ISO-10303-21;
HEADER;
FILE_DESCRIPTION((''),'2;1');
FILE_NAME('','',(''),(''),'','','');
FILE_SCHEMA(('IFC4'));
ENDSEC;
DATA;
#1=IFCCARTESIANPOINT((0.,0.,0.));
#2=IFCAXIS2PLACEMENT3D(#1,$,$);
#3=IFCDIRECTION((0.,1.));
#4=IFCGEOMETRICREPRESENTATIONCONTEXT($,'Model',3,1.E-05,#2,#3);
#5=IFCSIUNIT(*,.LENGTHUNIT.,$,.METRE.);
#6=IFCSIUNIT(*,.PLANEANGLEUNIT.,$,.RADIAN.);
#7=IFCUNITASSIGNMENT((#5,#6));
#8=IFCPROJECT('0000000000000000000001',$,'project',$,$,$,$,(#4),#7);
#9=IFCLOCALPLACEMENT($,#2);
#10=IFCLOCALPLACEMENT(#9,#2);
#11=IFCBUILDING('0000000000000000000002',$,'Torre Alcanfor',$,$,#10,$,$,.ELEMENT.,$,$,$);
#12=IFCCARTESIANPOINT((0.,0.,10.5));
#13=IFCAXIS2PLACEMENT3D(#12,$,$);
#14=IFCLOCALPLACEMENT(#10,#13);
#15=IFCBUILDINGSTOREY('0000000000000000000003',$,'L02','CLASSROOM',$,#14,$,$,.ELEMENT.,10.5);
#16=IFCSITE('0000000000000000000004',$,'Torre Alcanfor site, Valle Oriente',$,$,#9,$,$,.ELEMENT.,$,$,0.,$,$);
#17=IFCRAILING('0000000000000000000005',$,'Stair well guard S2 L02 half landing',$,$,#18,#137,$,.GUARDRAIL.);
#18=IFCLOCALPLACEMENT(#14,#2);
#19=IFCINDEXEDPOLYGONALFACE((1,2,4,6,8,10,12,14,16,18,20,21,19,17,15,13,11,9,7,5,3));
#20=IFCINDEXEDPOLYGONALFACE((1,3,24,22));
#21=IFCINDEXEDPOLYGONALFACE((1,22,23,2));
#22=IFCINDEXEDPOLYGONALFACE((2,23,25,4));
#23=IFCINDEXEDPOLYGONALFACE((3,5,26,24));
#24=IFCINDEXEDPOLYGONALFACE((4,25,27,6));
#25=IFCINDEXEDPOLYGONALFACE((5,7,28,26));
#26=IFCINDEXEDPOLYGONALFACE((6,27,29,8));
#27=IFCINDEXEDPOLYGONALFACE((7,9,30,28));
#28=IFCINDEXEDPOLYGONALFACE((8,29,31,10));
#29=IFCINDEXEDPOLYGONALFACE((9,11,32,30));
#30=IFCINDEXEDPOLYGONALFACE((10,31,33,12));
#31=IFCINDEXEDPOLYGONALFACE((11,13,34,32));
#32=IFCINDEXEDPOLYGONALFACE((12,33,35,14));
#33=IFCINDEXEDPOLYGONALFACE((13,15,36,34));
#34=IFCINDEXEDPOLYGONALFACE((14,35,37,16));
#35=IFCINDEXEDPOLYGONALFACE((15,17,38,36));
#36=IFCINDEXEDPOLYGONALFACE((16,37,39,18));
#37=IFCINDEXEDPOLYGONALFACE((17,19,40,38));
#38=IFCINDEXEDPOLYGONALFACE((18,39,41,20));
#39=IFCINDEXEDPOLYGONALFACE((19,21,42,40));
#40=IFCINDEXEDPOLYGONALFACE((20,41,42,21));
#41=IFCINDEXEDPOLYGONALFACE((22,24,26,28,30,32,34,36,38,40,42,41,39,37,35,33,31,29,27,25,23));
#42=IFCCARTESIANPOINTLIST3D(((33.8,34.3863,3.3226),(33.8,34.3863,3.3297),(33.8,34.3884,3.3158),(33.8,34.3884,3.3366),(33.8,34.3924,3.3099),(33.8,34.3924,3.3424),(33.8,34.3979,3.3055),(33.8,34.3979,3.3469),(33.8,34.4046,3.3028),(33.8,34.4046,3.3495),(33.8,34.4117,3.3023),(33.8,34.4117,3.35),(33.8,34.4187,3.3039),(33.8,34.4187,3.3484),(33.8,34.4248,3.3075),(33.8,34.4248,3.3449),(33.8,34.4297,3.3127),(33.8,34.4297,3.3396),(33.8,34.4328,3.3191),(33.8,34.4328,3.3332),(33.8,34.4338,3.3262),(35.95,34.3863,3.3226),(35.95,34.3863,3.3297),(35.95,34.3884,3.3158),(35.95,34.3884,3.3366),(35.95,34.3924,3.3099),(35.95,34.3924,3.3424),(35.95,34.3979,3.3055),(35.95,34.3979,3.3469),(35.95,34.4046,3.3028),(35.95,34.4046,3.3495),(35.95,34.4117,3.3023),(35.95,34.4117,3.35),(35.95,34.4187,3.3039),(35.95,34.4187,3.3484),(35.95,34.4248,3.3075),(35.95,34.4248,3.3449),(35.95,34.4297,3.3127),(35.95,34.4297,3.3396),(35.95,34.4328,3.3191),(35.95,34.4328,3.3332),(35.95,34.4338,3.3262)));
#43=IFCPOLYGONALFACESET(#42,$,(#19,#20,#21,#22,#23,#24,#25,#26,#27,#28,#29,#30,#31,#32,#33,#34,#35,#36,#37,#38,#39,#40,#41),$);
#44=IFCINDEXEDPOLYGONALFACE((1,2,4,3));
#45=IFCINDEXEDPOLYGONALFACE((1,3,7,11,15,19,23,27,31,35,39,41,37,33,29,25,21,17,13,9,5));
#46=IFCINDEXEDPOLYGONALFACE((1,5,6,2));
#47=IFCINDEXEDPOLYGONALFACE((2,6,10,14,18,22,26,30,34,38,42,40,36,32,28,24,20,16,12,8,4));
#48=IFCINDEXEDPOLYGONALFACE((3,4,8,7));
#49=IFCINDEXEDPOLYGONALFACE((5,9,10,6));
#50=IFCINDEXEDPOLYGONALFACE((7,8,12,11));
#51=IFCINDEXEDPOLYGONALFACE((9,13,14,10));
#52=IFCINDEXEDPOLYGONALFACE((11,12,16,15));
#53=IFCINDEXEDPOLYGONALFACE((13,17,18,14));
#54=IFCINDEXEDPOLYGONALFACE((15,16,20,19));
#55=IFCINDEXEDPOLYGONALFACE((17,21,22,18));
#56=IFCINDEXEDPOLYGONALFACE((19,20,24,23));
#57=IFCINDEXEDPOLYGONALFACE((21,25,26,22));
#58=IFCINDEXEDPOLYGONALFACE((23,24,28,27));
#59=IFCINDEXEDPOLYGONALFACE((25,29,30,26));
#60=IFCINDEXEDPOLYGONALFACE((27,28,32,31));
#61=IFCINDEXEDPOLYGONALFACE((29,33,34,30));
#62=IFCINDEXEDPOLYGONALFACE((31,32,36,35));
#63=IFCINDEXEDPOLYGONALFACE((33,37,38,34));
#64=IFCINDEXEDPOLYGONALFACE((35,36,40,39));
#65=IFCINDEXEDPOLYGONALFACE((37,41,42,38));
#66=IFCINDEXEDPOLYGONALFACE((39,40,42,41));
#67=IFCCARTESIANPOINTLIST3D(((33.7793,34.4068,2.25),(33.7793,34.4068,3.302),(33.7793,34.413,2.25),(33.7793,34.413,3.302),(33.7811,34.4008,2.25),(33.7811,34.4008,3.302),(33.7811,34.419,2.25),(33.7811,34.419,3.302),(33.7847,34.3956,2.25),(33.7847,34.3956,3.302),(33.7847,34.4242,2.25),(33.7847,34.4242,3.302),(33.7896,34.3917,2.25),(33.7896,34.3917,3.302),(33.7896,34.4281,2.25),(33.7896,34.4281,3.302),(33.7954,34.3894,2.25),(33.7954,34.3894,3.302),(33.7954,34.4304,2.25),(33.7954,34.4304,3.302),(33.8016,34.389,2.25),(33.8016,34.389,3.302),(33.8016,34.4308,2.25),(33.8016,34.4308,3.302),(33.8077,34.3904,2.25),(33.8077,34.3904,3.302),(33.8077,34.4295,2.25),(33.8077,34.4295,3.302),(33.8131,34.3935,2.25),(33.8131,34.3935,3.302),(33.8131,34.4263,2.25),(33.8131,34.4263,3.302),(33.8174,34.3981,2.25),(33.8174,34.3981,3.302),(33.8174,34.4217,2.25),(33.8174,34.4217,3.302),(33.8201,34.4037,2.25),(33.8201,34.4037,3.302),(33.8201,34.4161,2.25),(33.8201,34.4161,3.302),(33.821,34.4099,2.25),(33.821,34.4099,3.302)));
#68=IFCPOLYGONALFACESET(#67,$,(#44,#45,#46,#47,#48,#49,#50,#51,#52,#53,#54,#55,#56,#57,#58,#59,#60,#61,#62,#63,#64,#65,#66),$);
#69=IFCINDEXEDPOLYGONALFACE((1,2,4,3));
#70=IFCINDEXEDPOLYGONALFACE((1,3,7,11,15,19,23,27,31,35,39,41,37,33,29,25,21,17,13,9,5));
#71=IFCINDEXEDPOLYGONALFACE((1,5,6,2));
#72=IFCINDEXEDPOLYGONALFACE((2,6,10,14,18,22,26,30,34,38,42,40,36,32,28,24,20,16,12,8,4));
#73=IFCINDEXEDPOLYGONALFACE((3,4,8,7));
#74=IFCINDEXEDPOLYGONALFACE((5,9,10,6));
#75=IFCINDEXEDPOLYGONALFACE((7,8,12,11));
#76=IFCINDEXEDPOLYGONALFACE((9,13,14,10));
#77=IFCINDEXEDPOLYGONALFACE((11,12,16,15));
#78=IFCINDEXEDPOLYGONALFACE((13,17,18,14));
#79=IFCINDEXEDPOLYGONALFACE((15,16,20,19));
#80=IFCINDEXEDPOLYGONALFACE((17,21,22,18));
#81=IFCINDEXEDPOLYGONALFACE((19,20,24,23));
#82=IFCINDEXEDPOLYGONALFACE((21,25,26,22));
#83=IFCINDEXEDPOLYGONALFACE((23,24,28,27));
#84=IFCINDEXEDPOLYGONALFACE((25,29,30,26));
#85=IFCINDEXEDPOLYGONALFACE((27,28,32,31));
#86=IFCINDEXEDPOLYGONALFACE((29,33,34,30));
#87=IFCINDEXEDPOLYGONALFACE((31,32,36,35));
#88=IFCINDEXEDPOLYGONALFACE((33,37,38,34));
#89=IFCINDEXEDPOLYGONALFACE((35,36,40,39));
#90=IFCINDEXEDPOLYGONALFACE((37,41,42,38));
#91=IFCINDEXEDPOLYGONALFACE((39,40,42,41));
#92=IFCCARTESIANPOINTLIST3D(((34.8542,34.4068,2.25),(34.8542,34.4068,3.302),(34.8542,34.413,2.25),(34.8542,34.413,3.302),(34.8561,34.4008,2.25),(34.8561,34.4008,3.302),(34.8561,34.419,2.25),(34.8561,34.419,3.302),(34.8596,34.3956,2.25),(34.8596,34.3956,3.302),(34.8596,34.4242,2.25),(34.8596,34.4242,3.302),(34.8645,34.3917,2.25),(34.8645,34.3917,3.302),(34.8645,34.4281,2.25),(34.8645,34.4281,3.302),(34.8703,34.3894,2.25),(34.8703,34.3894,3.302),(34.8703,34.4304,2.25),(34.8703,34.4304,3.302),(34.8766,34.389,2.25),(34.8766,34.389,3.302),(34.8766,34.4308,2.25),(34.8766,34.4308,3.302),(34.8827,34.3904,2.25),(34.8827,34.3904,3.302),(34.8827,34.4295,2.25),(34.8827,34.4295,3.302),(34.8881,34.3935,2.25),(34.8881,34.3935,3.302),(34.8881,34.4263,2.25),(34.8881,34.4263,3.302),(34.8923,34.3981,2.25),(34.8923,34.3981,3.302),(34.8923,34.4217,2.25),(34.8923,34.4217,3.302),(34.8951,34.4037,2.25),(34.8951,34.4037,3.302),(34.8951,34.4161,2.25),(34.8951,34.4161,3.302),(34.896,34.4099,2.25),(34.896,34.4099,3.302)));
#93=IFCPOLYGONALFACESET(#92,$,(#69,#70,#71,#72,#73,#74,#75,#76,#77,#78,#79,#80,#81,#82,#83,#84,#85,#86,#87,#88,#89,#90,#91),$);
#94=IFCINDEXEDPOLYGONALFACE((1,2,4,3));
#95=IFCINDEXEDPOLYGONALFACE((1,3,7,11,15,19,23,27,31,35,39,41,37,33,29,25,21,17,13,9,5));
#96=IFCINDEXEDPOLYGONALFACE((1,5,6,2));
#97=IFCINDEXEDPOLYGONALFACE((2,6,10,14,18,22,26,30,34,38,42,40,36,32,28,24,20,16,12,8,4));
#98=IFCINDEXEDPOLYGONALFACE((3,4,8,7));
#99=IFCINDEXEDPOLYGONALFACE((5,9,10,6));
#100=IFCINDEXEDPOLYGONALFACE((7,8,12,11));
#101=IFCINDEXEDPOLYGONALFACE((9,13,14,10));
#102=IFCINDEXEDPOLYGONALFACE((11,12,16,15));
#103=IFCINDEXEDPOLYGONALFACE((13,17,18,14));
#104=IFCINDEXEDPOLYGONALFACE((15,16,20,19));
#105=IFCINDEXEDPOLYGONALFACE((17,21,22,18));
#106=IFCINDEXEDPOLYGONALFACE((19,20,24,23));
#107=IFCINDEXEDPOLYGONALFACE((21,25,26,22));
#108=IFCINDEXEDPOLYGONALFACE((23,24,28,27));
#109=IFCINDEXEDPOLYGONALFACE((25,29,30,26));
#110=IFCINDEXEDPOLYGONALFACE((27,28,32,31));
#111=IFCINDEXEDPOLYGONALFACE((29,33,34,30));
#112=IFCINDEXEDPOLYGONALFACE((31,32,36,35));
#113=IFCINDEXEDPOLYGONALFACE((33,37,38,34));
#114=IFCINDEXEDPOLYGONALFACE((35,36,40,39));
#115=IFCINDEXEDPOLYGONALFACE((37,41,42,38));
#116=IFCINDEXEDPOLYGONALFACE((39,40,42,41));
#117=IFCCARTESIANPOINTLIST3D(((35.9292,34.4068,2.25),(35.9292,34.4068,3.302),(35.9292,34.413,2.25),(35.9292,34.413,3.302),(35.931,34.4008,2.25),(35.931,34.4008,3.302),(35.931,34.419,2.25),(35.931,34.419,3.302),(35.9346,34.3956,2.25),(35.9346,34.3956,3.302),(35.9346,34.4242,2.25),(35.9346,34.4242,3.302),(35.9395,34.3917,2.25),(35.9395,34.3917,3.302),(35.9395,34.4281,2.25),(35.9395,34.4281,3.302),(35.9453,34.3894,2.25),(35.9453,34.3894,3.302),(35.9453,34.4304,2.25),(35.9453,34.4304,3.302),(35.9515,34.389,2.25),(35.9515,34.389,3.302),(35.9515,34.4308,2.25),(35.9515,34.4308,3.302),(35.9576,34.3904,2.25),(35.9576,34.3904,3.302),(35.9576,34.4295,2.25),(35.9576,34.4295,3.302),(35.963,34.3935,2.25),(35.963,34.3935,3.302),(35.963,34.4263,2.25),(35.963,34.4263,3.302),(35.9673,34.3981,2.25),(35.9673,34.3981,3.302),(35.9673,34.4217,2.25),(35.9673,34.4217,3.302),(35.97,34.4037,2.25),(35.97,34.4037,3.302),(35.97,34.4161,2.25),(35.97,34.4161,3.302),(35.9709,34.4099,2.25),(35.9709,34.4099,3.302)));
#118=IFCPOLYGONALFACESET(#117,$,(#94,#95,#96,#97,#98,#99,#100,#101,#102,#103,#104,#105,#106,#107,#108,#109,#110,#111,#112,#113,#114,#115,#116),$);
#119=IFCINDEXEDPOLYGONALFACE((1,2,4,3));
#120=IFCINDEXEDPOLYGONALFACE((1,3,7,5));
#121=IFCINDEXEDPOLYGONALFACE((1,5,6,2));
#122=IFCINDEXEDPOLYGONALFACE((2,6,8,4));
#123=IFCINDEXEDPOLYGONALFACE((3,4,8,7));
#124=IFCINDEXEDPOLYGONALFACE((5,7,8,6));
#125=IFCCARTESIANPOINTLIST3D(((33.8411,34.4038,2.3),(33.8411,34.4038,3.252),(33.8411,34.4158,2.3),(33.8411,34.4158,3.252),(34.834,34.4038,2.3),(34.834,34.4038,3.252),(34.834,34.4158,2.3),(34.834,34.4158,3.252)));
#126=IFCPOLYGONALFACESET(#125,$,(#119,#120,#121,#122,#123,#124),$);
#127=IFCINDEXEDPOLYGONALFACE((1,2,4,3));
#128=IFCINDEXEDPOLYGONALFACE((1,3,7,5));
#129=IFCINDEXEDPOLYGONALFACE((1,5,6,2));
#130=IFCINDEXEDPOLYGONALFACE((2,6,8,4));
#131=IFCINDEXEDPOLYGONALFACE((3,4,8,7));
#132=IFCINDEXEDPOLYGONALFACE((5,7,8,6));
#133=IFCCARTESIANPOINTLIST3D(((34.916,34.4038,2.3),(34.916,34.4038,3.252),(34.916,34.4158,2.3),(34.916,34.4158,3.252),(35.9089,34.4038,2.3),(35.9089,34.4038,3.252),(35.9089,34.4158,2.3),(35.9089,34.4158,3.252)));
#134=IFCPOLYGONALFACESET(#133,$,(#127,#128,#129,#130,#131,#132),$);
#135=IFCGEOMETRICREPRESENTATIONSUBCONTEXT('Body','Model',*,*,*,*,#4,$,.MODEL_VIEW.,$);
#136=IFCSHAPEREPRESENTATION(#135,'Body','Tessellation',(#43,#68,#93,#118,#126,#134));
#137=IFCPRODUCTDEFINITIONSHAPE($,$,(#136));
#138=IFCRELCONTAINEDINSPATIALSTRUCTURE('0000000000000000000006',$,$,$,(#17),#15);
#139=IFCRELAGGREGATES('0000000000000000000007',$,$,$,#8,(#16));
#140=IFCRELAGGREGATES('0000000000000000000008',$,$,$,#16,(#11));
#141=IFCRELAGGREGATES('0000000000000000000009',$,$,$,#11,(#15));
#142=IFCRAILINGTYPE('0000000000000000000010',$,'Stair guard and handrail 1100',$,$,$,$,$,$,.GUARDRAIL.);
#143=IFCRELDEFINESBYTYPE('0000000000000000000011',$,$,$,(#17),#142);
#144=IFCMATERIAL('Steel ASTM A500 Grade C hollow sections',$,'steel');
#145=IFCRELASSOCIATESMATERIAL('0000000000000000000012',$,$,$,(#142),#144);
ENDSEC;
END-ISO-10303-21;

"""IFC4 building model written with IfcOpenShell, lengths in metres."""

from ifc_helpers import new_model, si_unit, direction, frame, origin, origin_2d, place, context, subcontext, project, spatial, polyline, circle, outline, extrude, material, type_object, element, save


model = new_model("IFC4")

# Units and contexts
model_context = context("Model", 3, precision=1e-05, world=origin(), true_north=direction((0.0, 1.0)))
body_context = subcontext(model_context, "Body", "Model", "MODEL_VIEW")
ifc_project = project(units=[si_unit("LENGTHUNIT", "METRE"), si_unit("PLANEANGLEUNIT", "RADIAN")], contexts=[model_context])

# Site, building, storey
site_placement = place(None, origin())
site = spatial("IfcSite", under=ifc_project, at=site_placement, Name="Torre Alcanfor site, Valle Oriente", CompositionType="ELEMENT", RefElevation=0.0)
building_placement = place(site_placement, origin())
building = spatial("IfcBuilding", under=site, at=building_placement, Name="Torre Alcanfor", CompositionType="ELEMENT")
storey_placement = place(building_placement, frame((0.0, 0.0, 10.5)))
storey = spatial("IfcBuildingStorey", under=building, at=storey_placement, Name="L02", Description="CLASSROOM", CompositionType="ELEMENT", Elevation=10.5)

# Railing
ifc_material_1 = material(Name="Steel ASTM A500 Grade C hollow sections", Category="steel")
railing_type_1 = type_object("IfcRailingType", Name="Stair guard and handrail 1100", PredefinedType="GUARDRAIL", material=ifc_material_1)
railing_1_placement = place(storey_placement, frame((33.8, 34.4099, 2.25)))
element("IfcRailing", 1, at=railing_1_placement, inside=storey, type_object=railing_type_1, Name="Stair well guard S2 L02 half landing", PredefinedType="GUARDRAIL", context=body_context, shape_type="SweptSolid", body=[
    extrude(circle(Radius=0.0239, at=origin_2d()), frame((0.0, 0.0, 1.0762), z_axis=(1.0, 0.0, 0.0), x_axis=(0.0, 1.0, 0.0)), (0.0, 0.0, 1.0), 2.1499),
    extrude(circle(Radius=0.021, at=origin_2d()), origin(), (0.0, 0.0, 1.0), 1.052),
    extrude(circle(Radius=0.021, at=origin_2d()), frame((1.075, 0.0, 0.0)), (0.0, 0.0, 1.0), 1.052),
    extrude(circle(Radius=0.021, at=origin_2d()), frame((2.1499, 0.0, 0.0)), (0.0, 0.0, 1.0), 1.052),
    extrude(outline(polyline([(0.041, 0.05), (1.0339, 0.05), (1.0339, 1.002), (0.041, 1.002), (0.041, 0.05)])), frame((0.0, 0.0059, 0.0), z_axis=(0.0, -1.0, 0.0), x_axis=(1.0, 0.0, 0.0)), (0.0, 0.0, 1.0), 0.012),
    extrude(outline(polyline([(1.116, 0.05), (2.1089, 0.05), (2.1089, 1.002), (1.116, 1.002), (1.116, 0.05)])), frame((0.0, 0.0059, 0.0), z_axis=(0.0, -1.0, 0.0), x_axis=(1.0, 0.0, 0.0)), (0.0, 0.0, 1.0), 0.012),
])

save(model, "model.ifc")
